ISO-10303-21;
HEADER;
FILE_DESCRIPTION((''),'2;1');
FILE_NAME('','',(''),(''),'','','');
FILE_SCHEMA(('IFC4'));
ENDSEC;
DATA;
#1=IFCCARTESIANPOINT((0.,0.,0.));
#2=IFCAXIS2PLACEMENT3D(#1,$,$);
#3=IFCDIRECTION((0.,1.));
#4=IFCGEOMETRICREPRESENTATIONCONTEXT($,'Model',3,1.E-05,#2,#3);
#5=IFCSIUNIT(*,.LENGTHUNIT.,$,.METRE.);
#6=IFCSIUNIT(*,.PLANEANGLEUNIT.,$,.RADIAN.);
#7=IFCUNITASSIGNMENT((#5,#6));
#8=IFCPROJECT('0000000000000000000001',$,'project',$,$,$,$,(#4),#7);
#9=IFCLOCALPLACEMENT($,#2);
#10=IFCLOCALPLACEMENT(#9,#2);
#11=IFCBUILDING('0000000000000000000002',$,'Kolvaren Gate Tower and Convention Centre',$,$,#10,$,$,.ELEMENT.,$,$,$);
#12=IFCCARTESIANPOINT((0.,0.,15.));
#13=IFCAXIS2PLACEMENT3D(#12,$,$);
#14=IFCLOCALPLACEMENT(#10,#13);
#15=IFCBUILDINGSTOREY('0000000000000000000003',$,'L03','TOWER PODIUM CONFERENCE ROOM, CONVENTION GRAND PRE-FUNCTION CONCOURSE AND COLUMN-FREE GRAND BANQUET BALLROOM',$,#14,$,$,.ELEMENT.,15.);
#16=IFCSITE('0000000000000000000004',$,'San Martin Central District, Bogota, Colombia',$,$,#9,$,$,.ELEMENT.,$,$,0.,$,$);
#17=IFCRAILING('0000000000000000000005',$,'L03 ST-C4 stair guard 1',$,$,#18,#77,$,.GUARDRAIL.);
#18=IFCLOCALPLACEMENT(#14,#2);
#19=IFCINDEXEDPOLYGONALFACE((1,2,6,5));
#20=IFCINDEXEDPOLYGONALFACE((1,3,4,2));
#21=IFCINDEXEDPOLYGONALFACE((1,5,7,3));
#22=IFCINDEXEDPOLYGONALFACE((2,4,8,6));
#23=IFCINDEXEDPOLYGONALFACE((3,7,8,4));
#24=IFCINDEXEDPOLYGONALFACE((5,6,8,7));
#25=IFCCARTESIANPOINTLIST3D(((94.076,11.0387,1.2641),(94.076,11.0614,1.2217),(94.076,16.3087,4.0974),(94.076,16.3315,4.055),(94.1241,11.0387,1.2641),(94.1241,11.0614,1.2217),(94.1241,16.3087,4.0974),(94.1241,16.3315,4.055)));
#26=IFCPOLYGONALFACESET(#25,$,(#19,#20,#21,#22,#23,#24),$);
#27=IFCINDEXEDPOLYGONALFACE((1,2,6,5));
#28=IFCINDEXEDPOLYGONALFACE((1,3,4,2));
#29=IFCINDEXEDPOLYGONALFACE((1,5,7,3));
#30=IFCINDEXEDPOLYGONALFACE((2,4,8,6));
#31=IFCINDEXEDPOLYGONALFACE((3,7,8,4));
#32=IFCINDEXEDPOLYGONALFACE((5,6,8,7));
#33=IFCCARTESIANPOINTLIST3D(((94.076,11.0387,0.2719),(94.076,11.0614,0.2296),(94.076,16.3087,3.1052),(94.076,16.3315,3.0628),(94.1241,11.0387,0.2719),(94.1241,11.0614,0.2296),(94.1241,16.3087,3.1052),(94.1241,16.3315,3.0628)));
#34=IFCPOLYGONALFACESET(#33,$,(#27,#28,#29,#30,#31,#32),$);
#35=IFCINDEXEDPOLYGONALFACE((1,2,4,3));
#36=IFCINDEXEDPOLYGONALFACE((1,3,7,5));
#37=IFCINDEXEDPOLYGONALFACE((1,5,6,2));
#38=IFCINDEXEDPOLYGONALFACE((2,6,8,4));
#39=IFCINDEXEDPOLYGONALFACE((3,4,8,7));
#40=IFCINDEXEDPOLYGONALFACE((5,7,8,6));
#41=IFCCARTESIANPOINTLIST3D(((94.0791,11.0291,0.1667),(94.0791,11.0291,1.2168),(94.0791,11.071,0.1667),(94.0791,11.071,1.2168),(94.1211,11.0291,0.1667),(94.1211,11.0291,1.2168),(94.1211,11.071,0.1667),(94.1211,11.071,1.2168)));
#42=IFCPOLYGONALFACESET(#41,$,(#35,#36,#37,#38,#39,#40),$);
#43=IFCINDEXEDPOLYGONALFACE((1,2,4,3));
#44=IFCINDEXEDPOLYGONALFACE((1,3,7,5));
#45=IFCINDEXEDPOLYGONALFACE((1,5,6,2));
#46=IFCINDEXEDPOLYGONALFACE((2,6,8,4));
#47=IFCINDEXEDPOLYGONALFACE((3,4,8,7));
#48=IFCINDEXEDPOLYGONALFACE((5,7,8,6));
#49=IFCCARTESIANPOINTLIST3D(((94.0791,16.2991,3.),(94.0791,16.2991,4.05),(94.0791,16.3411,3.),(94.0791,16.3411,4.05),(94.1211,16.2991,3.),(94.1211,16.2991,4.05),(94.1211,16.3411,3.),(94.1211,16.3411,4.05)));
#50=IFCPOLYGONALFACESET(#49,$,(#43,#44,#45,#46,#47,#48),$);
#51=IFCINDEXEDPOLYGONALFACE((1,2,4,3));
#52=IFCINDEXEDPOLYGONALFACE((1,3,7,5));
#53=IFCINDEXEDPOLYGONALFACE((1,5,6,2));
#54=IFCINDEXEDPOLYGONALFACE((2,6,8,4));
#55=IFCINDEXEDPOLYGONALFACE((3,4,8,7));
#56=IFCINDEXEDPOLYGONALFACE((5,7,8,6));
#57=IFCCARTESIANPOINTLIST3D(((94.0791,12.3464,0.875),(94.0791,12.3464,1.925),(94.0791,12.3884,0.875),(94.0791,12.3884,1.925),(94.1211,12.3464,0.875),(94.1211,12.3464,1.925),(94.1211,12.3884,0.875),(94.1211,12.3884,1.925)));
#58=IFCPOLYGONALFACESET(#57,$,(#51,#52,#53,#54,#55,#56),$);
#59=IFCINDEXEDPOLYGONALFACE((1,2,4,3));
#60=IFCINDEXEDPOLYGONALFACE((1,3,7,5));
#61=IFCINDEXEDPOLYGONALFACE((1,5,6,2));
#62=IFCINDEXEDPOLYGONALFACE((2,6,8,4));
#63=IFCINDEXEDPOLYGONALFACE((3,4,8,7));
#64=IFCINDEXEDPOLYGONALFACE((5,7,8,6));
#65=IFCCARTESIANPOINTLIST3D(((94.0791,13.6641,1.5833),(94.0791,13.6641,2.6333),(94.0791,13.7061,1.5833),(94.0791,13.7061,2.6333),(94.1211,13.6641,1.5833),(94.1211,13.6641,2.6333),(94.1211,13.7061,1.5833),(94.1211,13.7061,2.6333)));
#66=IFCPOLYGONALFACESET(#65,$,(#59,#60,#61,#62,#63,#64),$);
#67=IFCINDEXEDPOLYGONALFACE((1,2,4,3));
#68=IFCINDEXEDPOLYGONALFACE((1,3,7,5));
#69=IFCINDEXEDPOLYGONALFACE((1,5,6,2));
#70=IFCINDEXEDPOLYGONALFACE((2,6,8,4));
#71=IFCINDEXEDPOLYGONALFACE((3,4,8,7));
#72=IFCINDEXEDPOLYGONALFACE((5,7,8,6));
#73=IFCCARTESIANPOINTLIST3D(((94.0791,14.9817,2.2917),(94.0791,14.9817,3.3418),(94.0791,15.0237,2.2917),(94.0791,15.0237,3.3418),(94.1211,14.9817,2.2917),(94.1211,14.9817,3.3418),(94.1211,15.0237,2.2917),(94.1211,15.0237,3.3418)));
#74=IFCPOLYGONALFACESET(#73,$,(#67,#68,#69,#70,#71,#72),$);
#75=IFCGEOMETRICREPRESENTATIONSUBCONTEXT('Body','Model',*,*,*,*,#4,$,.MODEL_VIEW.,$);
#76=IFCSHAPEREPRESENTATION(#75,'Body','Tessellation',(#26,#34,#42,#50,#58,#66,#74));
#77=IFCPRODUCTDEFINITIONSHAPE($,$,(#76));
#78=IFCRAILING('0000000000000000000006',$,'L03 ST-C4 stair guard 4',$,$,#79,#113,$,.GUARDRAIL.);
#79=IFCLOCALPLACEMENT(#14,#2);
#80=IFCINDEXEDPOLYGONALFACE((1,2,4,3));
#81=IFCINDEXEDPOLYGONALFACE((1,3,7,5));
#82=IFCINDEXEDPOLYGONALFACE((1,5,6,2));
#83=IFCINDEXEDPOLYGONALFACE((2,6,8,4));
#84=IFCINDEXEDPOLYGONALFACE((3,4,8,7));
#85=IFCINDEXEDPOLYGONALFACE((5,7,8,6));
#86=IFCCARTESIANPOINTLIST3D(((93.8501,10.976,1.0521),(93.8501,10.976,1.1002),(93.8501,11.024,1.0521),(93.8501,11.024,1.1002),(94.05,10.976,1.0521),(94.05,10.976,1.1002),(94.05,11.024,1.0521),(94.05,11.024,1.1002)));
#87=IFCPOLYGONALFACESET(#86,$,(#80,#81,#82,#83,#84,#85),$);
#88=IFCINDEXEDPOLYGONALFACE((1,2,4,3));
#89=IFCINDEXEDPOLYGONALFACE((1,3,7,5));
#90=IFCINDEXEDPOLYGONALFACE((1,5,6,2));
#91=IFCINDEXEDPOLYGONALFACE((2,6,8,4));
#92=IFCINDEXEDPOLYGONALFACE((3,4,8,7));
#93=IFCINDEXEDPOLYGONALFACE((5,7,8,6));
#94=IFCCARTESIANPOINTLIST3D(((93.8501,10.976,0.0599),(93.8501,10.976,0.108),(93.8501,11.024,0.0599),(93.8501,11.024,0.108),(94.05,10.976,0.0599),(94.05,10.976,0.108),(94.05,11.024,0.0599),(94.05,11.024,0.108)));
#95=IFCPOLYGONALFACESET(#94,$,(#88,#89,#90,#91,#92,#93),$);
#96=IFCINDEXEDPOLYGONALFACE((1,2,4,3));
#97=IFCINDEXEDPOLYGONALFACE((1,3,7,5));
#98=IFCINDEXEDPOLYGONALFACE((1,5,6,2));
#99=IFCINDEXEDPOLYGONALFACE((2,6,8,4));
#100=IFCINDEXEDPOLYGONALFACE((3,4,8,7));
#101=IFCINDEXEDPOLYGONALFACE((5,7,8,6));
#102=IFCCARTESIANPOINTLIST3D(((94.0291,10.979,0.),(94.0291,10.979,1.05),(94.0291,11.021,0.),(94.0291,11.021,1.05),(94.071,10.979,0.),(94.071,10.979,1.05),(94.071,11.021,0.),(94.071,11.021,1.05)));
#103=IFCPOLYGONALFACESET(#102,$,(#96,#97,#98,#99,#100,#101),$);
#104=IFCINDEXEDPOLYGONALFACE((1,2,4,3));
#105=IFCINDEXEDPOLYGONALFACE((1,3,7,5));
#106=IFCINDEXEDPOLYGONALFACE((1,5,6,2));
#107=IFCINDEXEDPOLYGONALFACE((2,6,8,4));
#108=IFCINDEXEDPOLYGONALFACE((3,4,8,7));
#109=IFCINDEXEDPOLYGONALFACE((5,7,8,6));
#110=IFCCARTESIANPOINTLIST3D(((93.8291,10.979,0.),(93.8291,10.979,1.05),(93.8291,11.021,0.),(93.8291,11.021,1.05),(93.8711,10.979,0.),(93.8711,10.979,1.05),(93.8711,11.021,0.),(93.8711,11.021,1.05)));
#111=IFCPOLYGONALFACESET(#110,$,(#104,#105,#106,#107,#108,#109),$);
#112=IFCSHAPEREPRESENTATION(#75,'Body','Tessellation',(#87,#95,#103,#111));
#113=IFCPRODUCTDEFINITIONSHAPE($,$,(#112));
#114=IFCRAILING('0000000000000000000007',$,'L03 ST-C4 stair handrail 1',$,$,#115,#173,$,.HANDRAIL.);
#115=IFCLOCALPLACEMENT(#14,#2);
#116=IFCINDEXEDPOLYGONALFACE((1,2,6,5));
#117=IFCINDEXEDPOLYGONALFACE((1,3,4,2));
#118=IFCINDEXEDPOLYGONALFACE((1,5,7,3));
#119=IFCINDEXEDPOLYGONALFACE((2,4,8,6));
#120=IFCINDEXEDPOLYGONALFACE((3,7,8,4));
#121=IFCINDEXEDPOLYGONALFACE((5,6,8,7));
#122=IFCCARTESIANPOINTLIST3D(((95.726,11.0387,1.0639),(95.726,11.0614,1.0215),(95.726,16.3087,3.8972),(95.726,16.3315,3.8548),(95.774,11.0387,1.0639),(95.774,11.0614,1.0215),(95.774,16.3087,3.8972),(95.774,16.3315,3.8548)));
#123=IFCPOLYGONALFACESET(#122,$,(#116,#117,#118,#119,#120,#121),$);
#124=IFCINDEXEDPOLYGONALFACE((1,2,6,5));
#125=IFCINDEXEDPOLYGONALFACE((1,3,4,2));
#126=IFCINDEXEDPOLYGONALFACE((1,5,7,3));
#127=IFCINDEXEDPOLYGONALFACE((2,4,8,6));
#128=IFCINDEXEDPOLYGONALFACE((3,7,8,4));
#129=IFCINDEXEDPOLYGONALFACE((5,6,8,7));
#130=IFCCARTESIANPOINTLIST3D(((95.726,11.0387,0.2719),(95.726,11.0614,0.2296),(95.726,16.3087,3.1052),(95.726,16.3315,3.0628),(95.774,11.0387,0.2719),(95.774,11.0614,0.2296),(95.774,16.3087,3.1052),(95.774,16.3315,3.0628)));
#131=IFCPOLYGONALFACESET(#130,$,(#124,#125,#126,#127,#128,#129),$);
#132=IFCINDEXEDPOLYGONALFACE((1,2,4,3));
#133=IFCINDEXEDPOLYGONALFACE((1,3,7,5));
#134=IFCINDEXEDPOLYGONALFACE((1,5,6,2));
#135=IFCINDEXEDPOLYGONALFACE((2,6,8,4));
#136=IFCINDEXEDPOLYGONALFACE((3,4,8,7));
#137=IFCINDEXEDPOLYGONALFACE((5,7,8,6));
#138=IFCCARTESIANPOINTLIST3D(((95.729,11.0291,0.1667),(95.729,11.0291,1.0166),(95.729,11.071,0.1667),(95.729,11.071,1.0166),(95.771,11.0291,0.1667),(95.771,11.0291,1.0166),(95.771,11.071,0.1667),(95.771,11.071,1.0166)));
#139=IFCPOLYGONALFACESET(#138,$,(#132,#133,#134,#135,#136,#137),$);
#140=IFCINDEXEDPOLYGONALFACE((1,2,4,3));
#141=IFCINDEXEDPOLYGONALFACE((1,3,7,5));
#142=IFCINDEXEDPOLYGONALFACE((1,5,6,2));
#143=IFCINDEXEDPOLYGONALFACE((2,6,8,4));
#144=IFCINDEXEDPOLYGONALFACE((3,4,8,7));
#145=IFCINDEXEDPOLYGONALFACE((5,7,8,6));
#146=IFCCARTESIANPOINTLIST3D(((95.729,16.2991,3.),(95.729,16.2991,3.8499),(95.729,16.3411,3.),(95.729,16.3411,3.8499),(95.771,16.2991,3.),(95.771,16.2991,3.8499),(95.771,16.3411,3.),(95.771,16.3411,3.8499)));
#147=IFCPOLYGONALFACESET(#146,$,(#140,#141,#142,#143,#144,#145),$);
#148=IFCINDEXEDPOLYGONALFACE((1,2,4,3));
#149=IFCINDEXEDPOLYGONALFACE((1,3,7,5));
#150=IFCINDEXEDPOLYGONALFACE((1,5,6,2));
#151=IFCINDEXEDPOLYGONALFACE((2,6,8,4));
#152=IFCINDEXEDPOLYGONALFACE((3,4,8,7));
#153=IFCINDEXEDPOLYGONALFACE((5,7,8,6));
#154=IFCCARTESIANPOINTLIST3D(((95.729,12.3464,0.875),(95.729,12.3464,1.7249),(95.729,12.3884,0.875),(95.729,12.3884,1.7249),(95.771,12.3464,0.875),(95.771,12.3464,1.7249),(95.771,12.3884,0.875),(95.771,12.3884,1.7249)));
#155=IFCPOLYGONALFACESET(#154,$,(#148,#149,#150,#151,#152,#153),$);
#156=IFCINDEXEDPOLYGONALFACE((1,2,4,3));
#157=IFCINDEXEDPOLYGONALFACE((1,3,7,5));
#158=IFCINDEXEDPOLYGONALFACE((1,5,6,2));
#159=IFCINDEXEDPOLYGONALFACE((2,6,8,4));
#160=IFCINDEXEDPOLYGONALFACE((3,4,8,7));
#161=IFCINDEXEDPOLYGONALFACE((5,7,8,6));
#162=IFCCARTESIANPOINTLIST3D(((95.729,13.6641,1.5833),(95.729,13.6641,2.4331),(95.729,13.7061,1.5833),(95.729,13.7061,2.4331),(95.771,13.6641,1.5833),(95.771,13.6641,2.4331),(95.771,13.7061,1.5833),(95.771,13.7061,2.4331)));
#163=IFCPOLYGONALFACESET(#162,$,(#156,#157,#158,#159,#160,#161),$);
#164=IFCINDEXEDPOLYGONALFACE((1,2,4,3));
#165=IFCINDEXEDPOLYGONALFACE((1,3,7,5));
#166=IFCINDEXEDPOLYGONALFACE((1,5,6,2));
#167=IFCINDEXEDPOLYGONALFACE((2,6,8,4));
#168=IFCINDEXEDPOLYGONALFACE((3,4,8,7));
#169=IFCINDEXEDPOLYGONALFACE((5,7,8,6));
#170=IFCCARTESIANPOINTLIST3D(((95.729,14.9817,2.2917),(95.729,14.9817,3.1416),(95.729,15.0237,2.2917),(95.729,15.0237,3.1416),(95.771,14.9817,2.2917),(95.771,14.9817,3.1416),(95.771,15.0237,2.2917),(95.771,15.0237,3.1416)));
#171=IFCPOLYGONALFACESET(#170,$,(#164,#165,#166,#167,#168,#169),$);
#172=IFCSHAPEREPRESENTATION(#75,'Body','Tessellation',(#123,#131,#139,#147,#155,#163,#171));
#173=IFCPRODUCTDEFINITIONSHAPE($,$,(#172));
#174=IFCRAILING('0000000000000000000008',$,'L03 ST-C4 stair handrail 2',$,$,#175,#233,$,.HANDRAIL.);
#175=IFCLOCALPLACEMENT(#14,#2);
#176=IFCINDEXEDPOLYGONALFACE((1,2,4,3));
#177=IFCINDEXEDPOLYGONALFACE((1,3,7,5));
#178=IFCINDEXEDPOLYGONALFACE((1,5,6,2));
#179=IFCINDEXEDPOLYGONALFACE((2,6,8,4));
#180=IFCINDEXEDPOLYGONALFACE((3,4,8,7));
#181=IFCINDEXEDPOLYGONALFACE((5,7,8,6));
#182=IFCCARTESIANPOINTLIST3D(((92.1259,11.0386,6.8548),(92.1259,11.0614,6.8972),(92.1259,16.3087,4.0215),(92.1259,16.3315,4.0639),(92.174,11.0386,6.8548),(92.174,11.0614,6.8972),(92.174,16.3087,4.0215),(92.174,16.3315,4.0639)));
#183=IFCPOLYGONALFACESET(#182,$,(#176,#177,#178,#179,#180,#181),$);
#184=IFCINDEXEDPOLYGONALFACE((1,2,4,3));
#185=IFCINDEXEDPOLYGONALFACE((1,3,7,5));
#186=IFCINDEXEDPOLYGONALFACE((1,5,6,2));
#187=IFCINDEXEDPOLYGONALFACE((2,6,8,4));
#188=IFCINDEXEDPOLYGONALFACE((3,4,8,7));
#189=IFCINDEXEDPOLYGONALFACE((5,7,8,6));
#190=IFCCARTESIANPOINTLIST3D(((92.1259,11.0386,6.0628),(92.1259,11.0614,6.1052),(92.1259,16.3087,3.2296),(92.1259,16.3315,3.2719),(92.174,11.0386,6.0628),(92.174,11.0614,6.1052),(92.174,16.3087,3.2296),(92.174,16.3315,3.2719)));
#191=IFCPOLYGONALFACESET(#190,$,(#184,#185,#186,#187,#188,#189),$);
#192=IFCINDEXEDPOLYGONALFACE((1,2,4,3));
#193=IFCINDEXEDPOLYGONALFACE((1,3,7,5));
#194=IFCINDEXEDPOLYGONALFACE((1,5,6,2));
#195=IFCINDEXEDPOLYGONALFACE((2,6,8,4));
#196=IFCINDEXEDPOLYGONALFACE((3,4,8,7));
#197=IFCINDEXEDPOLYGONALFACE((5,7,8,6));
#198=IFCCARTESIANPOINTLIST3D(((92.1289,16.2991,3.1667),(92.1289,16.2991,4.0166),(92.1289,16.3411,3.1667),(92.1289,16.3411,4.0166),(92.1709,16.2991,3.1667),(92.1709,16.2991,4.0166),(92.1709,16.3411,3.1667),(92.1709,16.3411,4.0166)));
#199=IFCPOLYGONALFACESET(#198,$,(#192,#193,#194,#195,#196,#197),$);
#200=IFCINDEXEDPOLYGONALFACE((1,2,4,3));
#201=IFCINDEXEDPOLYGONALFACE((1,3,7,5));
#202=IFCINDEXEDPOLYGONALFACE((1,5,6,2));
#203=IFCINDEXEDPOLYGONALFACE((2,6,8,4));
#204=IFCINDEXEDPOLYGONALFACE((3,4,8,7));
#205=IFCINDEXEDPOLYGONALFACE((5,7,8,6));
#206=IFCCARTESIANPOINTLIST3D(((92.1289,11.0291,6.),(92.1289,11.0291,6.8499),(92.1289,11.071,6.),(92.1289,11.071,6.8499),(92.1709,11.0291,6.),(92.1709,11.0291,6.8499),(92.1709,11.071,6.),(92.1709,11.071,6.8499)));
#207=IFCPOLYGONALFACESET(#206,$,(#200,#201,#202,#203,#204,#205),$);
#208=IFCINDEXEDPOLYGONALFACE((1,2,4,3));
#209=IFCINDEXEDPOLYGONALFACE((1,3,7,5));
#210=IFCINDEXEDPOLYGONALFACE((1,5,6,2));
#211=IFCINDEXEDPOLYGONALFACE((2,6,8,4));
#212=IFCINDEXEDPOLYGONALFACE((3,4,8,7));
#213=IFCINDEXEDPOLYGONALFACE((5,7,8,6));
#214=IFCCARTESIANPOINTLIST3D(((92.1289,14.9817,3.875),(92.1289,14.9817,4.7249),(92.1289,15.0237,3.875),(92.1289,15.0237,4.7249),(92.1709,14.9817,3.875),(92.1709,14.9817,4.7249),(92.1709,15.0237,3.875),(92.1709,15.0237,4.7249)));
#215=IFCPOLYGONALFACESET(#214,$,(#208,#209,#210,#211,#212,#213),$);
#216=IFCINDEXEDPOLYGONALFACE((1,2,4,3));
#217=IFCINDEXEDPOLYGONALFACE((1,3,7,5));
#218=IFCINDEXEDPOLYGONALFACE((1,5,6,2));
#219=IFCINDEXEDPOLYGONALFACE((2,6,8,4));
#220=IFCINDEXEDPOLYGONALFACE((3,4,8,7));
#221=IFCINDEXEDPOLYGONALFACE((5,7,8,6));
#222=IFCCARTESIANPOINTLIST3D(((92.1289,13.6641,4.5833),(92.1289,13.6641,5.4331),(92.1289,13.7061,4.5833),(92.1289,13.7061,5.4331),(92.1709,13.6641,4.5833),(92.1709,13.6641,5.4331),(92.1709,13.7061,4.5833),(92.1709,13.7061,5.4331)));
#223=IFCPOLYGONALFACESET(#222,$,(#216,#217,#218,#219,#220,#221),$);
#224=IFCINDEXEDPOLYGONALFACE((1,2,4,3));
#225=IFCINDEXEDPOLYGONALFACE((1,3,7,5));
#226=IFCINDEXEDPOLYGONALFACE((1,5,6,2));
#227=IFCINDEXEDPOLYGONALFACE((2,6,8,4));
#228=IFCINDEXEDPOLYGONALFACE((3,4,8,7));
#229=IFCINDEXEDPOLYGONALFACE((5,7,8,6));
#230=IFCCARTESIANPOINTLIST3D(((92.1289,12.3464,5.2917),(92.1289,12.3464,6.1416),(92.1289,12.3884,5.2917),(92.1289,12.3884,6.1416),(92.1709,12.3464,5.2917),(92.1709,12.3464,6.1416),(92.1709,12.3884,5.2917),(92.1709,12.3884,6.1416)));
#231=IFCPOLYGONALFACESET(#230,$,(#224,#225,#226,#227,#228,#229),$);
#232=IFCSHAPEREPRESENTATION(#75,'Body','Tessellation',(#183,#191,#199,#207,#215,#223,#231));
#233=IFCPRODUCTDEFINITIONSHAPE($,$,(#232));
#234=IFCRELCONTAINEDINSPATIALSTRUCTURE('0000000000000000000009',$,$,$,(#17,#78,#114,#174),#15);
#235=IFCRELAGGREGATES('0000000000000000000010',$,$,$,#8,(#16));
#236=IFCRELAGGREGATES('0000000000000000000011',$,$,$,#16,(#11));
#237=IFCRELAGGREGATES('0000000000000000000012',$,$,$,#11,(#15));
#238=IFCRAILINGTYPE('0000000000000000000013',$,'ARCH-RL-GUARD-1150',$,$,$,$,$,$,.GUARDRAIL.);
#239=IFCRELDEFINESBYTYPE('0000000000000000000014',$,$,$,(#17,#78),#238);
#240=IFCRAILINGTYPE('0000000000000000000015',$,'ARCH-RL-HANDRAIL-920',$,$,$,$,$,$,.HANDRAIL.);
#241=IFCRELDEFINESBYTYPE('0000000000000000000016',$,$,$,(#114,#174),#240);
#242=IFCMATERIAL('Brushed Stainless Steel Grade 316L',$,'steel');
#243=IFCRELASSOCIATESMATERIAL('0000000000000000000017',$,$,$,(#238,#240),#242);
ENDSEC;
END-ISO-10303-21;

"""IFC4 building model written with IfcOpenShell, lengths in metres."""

from ifc_helpers import new_model, si_unit, direction, frame, origin, origin_2d, place, context, subcontext, project, spatial, rectangle, extrude, material, type_object, element, save


model = new_model("IFC4")

# Units and contexts
model_context = context("Model", 3, precision=1e-05, world=origin(), true_north=direction((0.0, 1.0)))
body_context = subcontext(model_context, "Body", "Model", "MODEL_VIEW")
ifc_project = project(units=[si_unit("LENGTHUNIT", "METRE"), si_unit("PLANEANGLEUNIT", "RADIAN")], contexts=[model_context])

# Site, building, storey
site_placement = place(None, origin())
site = spatial("IfcSite", under=ifc_project, at=site_placement, Name="San Martin Central District, Bogota, Colombia", CompositionType="ELEMENT", RefElevation=0.0)
building_placement = place(site_placement, origin())
building = spatial("IfcBuilding", under=site, at=building_placement, Name="Kolvaren Gate Tower and Convention Centre", CompositionType="ELEMENT")
storey_placement = place(building_placement, frame((0.0, 0.0, 15.0)))
storey = spatial("IfcBuildingStorey", under=building, at=storey_placement, Name="L03", Description="TOWER PODIUM CONFERENCE ROOM, CONVENTION GRAND PRE-FUNCTION CONCOURSE AND COLUMN-FREE GRAND BANQUET BALLROOM", CompositionType="ELEMENT", Elevation=15.0)

# Railings
ifc_material_1 = material(Name="Brushed Stainless Steel Grade 316L", Category="steel")
railing_type_1 = type_object("IfcRailingType", Name="ARCH-RL-GUARD-1150", PredefinedType="GUARDRAIL", material=ifc_material_1)
railing_1_placement = place(storey_placement, frame((94.1001, 11.05, 0.1667)))
element("IfcRailing", 1, at=railing_1_placement, inside=storey, type_object=railing_type_1, Name="L03 ST-C4 stair guard 1", PredefinedType="GUARDRAIL", context=body_context, shape_type="SweptSolid", body=[
    extrude(rectangle(XDim=0.0481, YDim=0.0481, at=origin_2d()), frame((0.0, 0.0, 1.0762), z_axis=(0.0, 0.880781, 0.473523), x_axis=(-1.0, 0.0, 0.0)), (0.0, 0.0, 1.0), 5.9834),
    extrude(rectangle(XDim=0.0481, YDim=0.0481, at=origin_2d()), frame((0.0, 0.0, 0.084), z_axis=(0.0, 0.880781, 0.473523), x_axis=(-1.0, 0.0, 0.0)), (0.0, 0.0, 1.0), 5.9834),
    extrude(rectangle(XDim=0.042, YDim=0.042, at=origin_2d()), origin(), (0.0, 0.0, 1.0), 1.05),
    extrude(rectangle(XDim=0.042, YDim=0.042, at=origin_2d()), frame((0.0, 5.27, 2.8333)), (0.0, 0.0, 1.0), 1.05),
    extrude(rectangle(XDim=0.042, YDim=0.042, at=origin_2d()), frame((0.0, 1.3174, 0.7083)), (0.0, 0.0, 1.0), 1.05),
    extrude(rectangle(XDim=0.042, YDim=0.042, at=origin_2d()), frame((0.0, 2.635, 1.4165)), (0.0, 0.0, 1.0), 1.05),
    extrude(rectangle(XDim=0.042, YDim=0.042, at=origin_2d()), frame((0.0, 3.9526, 2.125)), (0.0, 0.0, 1.0), 1.05),
])
railing_2_placement = place(storey_placement, frame((94.05, 11.0, 0.0)))
element("IfcRailing", 2, at=railing_2_placement, inside=storey, type_object=railing_type_1, Name="L03 ST-C4 stair guard 4", PredefinedType="GUARDRAIL", context=body_context, shape_type="SweptSolid", body=[
    extrude(rectangle(XDim=0.0481, YDim=0.0481, at=origin_2d()), frame((0.0, 0.0, 1.0762), z_axis=(-1.0, 0.0, 0.0), x_axis=(0.0, -1.0, 0.0)), (0.0, 0.0, 1.0), 0.2),
    extrude(rectangle(XDim=0.0481, YDim=0.0481, at=origin_2d()), frame((0.0, 0.0, 0.084), z_axis=(-1.0, 0.0, 0.0), x_axis=(0.0, -1.0, 0.0)), (0.0, 0.0, 1.0), 0.2),
    extrude(rectangle(XDim=0.042, YDim=0.042, at=origin_2d()), origin(), (0.0, 0.0, 1.0), 1.05),
    extrude(rectangle(XDim=0.042, YDim=0.042, at=origin_2d()), frame((-0.2, 0.0, 0.0)), (0.0, 0.0, 1.0), 1.05),
])
railing_type_2 = type_object("IfcRailingType", Name="ARCH-RL-HANDRAIL-920", PredefinedType="HANDRAIL", material=ifc_material_1)
railing_3_placement = place(storey_placement, frame((95.75, 11.05, 0.1667)))
element("IfcRailing", 3, at=railing_3_placement, inside=storey, type_object=railing_type_2, Name="L03 ST-C4 stair handrail 1", PredefinedType="HANDRAIL", context=body_context, shape_type="SweptSolid", body=[
    extrude(rectangle(XDim=0.0481, YDim=0.0481, at=origin_2d()), frame((0.0, 0.0, 0.876), z_axis=(0.0, 0.880781, 0.473523), x_axis=(-1.0, 0.0, 0.0)), (0.0, 0.0, 1.0), 5.9834),
    extrude(rectangle(XDim=0.0481, YDim=0.0481, at=origin_2d()), frame((0.0, 0.0, 0.084), z_axis=(0.0, 0.880781, 0.473523), x_axis=(-1.0, 0.0, 0.0)), (0.0, 0.0, 1.0), 5.9834),
    extrude(rectangle(XDim=0.042, YDim=0.042, at=origin_2d()), origin(), (0.0, 0.0, 1.0), 0.8499),
    extrude(rectangle(XDim=0.042, YDim=0.042, at=origin_2d()), frame((0.0, 5.27, 2.8333)), (0.0, 0.0, 1.0), 0.8499),
    extrude(rectangle(XDim=0.042, YDim=0.042, at=origin_2d()), frame((0.0, 1.3174, 0.7083)), (0.0, 0.0, 1.0), 0.8499),
    extrude(rectangle(XDim=0.042, YDim=0.042, at=origin_2d()), frame((0.0, 2.635, 1.4165)), (0.0, 0.0, 1.0), 0.8499),
    extrude(rectangle(XDim=0.042, YDim=0.042, at=origin_2d()), frame((0.0, 3.9526, 2.125)), (0.0, 0.0, 1.0), 0.8499),
])
railing_4_placement = place(storey_placement, frame((92.1499, 16.3201, 3.1667)))
element("IfcRailing", 4, at=railing_4_placement, inside=storey, type_object=railing_type_2, Name="L03 ST-C4 stair handrail 2", PredefinedType="HANDRAIL", context=body_context, shape_type="SweptSolid", body=[
    extrude(rectangle(XDim=0.0481, YDim=0.0481, at=origin_2d()), frame((0.0, 0.0, 0.876), z_axis=(0.0, -0.880781, 0.473523), x_axis=(1.0, 0.0, 0.0)), (0.0, 0.0, 1.0), 5.9834),
    extrude(rectangle(XDim=0.0481, YDim=0.0481, at=origin_2d()), frame((0.0, 0.0, 0.084), z_axis=(0.0, -0.880781, 0.473523), x_axis=(1.0, 0.0, 0.0)), (0.0, 0.0, 1.0), 5.9834),
    extrude(rectangle(XDim=0.042, YDim=0.042, at=origin_2d()), origin(), (0.0, 0.0, 1.0), 0.8499),
    extrude(rectangle(XDim=0.042, YDim=0.042, at=origin_2d()), frame((0.0, -5.27, 2.8333)), (0.0, 0.0, 1.0), 0.8499),
    extrude(rectangle(XDim=0.042, YDim=0.042, at=origin_2d()), frame((0.0, -1.3174, 0.7083)), (0.0, 0.0, 1.0), 0.8499),
    extrude(rectangle(XDim=0.042, YDim=0.042, at=origin_2d()), frame((0.0, -2.635, 1.4165)), (0.0, 0.0, 1.0), 0.8499),
    extrude(rectangle(XDim=0.042, YDim=0.042, at=origin_2d()), frame((0.0, -3.9526, 2.125)), (0.0, 0.0, 1.0), 0.8499),
])

save(model, "model.ifc")
